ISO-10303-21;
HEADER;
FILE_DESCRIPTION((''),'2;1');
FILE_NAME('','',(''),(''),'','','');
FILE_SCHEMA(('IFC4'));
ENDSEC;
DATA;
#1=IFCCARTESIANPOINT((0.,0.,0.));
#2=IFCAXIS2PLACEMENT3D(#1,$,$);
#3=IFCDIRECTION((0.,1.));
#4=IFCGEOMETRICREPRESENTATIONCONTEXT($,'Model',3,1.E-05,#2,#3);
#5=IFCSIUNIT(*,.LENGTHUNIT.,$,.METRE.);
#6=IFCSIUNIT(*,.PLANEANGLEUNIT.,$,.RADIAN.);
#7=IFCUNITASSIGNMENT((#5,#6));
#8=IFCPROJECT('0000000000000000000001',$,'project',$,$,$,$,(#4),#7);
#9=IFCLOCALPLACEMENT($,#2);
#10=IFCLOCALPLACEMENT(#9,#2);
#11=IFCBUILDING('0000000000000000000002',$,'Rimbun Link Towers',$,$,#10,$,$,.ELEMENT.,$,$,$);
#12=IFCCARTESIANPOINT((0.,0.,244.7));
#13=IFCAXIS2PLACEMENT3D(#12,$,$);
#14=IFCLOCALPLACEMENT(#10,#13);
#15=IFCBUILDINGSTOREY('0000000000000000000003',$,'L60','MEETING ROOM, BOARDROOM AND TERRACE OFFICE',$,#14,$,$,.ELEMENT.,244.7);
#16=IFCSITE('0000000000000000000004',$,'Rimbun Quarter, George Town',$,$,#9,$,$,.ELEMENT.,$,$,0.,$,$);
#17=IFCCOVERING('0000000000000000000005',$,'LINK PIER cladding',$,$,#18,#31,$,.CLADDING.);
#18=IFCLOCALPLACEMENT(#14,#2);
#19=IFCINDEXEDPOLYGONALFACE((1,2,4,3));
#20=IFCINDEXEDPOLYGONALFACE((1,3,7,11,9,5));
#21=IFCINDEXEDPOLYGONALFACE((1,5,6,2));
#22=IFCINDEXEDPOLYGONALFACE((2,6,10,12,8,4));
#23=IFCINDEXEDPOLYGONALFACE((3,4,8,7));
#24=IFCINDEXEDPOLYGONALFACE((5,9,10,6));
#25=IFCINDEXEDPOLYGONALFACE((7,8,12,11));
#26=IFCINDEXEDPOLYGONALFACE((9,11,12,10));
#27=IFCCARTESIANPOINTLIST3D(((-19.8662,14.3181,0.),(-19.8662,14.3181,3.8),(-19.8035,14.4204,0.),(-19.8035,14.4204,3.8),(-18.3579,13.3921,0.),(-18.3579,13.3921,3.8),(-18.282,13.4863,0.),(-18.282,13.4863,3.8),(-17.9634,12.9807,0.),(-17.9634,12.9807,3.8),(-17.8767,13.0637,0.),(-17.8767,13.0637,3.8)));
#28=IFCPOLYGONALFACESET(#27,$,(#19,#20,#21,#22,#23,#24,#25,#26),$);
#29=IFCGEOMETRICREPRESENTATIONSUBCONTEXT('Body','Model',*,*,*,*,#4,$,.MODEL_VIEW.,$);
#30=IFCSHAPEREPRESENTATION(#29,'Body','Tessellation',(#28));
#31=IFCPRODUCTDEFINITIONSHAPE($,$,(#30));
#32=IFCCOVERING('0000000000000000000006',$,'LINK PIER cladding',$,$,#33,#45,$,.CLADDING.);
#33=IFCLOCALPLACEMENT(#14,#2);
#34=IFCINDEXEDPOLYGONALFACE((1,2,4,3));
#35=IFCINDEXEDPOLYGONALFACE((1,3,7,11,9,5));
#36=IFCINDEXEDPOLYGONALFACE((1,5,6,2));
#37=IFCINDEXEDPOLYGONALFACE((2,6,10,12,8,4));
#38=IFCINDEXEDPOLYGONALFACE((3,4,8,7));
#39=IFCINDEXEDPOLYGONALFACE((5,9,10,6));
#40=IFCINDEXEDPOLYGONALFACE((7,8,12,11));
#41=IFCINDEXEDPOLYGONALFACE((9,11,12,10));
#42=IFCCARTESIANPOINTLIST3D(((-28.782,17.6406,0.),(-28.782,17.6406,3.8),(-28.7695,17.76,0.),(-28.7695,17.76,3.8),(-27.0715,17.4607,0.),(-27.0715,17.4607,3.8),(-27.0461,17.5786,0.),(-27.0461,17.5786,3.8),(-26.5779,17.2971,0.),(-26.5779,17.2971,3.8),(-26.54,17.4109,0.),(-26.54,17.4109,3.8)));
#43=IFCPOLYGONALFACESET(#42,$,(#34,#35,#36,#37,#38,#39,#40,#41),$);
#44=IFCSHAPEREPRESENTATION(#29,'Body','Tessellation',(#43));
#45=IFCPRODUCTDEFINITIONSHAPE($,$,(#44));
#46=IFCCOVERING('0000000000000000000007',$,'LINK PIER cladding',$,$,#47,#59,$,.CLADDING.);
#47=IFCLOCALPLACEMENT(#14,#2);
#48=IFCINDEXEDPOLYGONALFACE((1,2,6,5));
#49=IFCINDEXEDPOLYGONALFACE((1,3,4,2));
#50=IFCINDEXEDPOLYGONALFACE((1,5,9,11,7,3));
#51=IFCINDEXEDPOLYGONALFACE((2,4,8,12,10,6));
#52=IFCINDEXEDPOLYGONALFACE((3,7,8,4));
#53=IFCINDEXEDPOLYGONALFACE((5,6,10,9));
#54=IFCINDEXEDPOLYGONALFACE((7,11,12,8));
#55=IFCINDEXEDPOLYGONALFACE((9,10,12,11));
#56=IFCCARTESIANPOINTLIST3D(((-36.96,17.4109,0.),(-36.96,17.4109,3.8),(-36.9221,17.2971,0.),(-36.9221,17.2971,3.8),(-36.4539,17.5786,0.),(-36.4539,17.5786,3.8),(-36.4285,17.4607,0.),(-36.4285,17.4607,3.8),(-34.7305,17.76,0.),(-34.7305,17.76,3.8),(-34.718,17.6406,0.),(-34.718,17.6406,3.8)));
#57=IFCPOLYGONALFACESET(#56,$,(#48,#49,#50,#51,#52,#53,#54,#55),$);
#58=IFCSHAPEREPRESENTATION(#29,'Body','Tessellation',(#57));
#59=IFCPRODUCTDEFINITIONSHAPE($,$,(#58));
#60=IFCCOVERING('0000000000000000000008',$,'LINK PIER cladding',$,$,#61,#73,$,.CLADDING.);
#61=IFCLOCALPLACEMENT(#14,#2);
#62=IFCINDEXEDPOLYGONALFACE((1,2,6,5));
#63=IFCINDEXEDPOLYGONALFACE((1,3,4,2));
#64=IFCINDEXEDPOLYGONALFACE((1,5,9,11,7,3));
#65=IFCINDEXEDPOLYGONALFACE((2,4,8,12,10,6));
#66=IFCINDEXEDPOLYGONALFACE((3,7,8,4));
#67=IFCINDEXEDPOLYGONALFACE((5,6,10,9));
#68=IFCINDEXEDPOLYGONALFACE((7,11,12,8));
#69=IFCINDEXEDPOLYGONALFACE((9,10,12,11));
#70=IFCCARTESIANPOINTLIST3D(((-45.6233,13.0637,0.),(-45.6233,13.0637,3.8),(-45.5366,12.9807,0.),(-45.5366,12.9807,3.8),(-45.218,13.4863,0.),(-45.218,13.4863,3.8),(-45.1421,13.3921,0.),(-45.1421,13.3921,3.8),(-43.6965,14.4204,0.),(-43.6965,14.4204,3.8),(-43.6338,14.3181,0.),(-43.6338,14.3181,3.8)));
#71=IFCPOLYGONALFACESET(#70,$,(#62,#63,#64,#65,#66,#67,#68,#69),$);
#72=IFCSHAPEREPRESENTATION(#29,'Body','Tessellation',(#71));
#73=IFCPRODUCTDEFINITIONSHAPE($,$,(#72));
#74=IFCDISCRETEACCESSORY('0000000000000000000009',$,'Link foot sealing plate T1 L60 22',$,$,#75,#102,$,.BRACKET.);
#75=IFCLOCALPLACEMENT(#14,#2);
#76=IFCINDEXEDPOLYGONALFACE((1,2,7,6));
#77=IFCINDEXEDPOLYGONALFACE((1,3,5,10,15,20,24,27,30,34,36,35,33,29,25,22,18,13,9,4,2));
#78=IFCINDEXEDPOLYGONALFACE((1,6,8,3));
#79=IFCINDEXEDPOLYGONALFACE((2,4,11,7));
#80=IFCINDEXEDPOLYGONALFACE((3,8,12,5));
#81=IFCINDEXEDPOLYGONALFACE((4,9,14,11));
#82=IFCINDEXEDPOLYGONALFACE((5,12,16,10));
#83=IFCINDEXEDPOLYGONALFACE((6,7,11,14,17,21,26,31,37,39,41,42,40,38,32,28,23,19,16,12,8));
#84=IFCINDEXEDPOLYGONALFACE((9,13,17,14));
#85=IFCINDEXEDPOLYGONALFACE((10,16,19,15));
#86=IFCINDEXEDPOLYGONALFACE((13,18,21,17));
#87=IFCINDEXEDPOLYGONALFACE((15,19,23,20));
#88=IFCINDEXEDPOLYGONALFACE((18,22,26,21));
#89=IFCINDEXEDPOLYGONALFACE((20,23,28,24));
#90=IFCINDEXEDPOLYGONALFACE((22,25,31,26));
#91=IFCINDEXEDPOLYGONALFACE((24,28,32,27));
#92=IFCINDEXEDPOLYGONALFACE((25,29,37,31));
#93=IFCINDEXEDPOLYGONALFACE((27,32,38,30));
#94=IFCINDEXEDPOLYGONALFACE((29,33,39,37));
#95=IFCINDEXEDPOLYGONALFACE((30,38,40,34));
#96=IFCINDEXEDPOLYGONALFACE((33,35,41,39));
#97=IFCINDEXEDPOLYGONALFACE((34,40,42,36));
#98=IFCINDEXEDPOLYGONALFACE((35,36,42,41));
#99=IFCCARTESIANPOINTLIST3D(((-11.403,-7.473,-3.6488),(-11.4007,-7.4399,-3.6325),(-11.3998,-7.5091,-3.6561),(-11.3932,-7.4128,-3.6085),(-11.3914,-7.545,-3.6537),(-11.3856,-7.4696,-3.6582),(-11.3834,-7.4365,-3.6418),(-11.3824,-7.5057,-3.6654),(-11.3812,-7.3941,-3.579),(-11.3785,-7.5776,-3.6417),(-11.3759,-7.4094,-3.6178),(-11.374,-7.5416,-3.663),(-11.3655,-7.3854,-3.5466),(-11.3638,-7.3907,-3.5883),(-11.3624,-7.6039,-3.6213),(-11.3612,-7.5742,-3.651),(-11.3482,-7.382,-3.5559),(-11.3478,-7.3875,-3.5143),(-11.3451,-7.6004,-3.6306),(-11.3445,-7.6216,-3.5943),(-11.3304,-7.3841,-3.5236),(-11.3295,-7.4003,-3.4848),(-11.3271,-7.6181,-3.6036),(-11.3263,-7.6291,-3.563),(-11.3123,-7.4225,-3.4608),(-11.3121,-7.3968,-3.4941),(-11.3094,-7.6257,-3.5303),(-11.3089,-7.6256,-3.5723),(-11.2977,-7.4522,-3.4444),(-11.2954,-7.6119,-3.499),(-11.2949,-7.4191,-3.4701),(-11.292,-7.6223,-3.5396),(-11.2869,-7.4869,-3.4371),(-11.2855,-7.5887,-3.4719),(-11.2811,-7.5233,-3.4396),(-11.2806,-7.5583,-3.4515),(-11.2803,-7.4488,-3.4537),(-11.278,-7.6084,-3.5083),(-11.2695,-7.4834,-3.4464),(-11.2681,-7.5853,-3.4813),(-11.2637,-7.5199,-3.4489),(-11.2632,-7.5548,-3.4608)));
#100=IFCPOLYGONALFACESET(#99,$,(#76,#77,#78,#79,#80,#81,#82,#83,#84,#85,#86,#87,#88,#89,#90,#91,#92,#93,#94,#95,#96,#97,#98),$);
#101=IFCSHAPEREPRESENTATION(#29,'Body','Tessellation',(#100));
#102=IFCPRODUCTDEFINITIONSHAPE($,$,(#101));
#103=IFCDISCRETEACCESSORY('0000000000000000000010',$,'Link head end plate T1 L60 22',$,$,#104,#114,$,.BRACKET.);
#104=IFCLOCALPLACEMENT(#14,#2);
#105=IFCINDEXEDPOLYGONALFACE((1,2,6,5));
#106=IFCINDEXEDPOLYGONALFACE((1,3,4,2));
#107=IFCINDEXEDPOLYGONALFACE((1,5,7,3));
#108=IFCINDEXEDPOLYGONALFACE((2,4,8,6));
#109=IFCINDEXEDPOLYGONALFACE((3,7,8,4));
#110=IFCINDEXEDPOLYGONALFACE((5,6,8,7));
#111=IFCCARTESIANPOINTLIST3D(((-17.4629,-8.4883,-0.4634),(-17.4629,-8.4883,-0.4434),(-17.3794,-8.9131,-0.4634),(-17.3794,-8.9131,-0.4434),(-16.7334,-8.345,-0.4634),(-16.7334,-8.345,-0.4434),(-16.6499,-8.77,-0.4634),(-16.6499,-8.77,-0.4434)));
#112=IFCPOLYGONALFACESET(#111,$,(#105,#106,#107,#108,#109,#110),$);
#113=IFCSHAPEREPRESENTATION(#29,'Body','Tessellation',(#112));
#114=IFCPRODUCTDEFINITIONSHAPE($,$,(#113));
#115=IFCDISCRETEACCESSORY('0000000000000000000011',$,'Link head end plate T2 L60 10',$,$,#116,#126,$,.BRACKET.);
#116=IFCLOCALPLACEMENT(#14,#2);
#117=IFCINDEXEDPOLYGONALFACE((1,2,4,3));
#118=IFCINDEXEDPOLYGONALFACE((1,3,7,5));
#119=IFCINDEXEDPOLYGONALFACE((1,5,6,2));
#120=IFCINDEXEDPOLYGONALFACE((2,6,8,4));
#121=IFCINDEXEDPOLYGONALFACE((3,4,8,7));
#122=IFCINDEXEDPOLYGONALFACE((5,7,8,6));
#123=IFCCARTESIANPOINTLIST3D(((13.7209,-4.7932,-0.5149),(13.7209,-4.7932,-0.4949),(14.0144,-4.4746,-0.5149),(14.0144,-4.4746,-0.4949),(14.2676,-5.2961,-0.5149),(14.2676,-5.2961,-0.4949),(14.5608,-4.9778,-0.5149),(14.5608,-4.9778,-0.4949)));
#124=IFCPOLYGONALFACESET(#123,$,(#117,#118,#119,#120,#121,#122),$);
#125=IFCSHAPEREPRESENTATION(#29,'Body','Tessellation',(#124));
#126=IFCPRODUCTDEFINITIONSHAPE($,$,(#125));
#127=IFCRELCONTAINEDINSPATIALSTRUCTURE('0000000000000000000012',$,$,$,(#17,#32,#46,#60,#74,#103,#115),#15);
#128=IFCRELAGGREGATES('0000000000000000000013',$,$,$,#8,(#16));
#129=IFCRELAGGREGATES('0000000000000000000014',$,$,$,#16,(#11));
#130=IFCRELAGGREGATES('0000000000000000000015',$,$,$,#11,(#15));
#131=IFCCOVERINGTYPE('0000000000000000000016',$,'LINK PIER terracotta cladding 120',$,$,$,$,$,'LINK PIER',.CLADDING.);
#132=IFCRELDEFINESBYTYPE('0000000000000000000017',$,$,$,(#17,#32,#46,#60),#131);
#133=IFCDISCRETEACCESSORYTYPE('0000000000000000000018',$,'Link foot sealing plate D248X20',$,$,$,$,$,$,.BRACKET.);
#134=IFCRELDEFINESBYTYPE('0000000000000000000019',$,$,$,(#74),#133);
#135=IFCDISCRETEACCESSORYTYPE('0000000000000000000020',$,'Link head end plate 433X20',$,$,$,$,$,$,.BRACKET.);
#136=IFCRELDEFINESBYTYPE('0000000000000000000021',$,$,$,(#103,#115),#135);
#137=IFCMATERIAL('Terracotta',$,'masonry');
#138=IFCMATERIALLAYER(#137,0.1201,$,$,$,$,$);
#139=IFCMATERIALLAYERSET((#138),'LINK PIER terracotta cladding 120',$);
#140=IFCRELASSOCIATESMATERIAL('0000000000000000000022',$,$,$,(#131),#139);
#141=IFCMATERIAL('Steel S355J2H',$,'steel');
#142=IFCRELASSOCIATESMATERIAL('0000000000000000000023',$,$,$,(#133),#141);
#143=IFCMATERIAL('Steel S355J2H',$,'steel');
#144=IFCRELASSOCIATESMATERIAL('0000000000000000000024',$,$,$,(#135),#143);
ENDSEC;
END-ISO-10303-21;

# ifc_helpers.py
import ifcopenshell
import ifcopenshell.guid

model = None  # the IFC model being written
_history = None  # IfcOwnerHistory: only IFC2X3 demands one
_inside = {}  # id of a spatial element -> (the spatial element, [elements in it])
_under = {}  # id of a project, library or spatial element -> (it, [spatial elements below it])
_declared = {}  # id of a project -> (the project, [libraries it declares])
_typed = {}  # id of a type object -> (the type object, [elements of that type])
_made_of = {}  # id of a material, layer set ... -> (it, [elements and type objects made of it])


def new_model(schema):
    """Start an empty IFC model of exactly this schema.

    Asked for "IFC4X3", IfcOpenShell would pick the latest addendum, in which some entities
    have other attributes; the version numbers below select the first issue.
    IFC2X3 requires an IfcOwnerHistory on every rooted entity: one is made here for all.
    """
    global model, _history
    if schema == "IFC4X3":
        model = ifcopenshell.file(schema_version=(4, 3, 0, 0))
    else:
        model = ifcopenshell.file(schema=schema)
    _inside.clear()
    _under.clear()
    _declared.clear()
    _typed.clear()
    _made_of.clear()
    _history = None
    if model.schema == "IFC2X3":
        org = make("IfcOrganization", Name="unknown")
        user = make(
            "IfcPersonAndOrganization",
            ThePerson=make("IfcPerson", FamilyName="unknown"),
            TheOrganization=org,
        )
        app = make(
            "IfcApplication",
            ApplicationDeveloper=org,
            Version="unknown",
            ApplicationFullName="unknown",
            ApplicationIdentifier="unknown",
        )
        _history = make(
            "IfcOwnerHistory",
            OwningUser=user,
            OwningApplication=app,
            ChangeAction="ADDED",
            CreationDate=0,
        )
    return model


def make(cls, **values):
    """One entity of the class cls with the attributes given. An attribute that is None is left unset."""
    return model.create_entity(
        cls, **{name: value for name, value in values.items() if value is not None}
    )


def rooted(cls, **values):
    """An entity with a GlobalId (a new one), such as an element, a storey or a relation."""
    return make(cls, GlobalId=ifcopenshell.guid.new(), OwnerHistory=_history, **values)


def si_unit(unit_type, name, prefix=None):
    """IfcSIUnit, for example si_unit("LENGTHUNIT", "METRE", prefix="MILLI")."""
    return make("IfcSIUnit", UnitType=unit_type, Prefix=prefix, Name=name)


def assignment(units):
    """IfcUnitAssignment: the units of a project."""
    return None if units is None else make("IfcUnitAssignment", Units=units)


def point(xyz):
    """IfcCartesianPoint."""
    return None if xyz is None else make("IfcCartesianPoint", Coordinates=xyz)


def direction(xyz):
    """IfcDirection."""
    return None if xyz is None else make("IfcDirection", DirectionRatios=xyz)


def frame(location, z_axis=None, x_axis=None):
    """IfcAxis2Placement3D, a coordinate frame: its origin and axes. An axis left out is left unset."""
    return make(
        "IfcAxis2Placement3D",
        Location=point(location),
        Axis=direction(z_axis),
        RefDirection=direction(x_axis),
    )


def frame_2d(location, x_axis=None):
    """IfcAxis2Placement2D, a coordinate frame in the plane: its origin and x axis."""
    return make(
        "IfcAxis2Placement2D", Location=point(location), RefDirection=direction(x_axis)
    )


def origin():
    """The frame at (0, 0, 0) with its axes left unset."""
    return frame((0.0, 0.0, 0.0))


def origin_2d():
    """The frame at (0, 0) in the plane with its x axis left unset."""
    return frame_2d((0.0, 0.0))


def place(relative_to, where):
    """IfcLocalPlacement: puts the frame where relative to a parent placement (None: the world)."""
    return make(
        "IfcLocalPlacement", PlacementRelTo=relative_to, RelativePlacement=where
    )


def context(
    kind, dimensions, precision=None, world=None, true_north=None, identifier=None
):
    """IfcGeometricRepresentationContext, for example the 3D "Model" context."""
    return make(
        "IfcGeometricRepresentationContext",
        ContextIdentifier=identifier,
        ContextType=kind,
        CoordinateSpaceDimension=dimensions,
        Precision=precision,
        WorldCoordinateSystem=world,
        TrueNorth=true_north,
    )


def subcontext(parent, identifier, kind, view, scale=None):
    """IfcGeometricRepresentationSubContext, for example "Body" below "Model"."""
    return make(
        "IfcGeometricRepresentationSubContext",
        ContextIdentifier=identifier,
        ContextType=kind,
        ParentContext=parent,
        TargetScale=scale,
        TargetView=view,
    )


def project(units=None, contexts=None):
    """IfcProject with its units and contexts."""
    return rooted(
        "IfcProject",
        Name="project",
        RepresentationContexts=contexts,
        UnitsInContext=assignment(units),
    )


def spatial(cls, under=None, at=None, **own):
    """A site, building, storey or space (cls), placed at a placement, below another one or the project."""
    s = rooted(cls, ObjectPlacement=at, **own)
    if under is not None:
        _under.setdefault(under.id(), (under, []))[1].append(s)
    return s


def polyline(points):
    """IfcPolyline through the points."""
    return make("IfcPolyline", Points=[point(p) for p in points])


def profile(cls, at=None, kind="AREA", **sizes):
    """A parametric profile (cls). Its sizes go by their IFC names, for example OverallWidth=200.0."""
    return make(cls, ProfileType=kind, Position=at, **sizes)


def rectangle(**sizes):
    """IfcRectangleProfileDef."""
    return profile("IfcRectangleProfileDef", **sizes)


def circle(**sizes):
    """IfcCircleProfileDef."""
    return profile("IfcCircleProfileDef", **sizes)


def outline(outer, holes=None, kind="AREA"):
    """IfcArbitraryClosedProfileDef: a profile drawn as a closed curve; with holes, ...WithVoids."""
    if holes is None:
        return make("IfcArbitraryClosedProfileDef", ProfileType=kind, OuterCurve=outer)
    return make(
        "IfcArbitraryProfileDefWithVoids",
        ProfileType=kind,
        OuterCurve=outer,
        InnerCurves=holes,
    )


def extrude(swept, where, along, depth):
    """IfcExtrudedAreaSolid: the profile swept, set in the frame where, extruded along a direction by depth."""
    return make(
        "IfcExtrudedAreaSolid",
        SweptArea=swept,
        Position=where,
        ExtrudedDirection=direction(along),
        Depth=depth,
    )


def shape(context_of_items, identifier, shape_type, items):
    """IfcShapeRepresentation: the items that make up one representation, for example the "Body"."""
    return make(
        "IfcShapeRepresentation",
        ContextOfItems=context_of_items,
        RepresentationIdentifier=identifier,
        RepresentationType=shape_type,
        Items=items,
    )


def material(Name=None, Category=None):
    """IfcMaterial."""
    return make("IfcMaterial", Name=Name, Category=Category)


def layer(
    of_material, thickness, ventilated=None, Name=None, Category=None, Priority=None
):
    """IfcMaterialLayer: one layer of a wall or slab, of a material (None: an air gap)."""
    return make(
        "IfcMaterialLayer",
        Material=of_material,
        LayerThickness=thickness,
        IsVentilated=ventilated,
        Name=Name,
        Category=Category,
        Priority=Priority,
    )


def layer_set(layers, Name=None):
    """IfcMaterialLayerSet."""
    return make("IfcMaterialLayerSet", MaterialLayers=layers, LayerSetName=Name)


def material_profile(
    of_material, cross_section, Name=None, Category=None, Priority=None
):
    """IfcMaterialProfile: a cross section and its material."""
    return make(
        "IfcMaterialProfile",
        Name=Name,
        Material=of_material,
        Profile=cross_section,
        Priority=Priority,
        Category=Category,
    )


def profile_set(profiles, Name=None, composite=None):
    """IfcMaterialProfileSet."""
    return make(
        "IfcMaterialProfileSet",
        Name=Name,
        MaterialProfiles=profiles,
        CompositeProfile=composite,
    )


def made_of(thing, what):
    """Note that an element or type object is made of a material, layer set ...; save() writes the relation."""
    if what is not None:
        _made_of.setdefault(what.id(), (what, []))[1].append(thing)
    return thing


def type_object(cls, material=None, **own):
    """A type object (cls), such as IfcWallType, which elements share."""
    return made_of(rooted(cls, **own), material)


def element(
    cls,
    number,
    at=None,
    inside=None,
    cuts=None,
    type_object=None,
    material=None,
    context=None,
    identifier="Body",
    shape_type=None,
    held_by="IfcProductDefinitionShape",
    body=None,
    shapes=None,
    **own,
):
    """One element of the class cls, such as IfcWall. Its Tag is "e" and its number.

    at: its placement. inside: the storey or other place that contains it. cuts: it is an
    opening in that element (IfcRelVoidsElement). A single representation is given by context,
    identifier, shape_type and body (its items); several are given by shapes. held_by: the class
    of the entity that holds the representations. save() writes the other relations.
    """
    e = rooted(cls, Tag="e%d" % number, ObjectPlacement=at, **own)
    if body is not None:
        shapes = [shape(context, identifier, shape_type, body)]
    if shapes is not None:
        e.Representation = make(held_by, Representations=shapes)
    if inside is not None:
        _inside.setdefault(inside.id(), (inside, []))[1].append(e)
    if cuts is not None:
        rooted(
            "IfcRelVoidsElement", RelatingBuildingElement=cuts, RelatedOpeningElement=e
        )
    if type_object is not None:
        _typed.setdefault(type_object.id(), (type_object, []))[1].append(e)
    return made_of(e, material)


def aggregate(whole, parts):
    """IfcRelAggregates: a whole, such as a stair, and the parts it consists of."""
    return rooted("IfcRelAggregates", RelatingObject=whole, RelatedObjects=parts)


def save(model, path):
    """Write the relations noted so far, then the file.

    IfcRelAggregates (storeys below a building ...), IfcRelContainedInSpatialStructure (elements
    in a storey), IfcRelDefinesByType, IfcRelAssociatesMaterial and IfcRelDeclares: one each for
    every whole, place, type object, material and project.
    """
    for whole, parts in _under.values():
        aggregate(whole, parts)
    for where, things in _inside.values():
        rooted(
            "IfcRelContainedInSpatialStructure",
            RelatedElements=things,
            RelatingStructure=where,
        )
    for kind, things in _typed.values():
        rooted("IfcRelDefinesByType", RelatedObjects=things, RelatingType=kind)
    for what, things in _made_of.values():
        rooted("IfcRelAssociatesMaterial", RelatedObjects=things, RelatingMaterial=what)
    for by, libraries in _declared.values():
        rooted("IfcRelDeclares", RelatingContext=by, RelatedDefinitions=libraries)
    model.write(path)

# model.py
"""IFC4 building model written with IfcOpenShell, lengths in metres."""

from ifc_helpers import new_model, si_unit, direction, frame, origin, origin_2d, place, context, subcontext, project, spatial, polyline, rectangle, circle, outline, extrude, material, layer, layer_set, material_profile, profile_set, type_object, element, save


model = new_model("IFC4")

# Units and contexts
model_context = context("Model", 3, precision=1e-05, world=origin(), true_north=direction((0.0, 1.0)))
body_context = subcontext(model_context, "Body", "Model", "MODEL_VIEW")
ifc_project = project(units=[si_unit("LENGTHUNIT", "METRE"), si_unit("PLANEANGLEUNIT", "RADIAN")], contexts=[model_context])

# Site, building, storey
site_placement = place(None, origin())
site = spatial("IfcSite", under=ifc_project, at=site_placement, Name="Rimbun Quarter, George Town", CompositionType="ELEMENT", RefElevation=0.0)
building_placement = place(site_placement, origin())
building = spatial("IfcBuilding", under=site, at=building_placement, Name="Rimbun Link Towers", CompositionType="ELEMENT")
storey_placement = place(building_placement, frame((0.0, 0.0, 244.7)))
storey = spatial("IfcBuildingStorey", under=building, at=storey_placement, Name="L60", Description="MEETING ROOM, BOARDROOM AND TERRACE OFFICE", CompositionType="ELEMENT", Elevation=244.7)

# Coverings
ifc_material_1 = material(Name="Terracotta", Category="masonry")
ifc_layer_1 = layer(ifc_material_1, 0.1201)
ifc_layer_set_1 = layer_set([ifc_layer_1], Name="LINK PIER terracotta cladding 120")
covering_type = type_object("IfcCoveringType", Name="LINK PIER terracotta cladding 120", ElementType="LINK PIER", PredefinedType="CLADDING", material=ifc_layer_set_1)
covering_1_placement = place(storey_placement, origin())
element("IfcCovering", 1, at=covering_1_placement, inside=storey, type_object=covering_type, Name="LINK PIER cladding", PredefinedType="CLADDING", context=body_context, shape_type="SweptSolid", body=[
    extrude(outline(polyline([(-19.8662, 14.3181), (-18.3579, 13.3921), (-17.9634, 12.9807), (-17.8767, 13.0637), (-18.282, 13.4863), (-19.8035, 14.4204), (-19.8662, 14.3181)])), origin(), (0.0, 0.0, 1.0), 3.8),
])
covering_2_placement = place(storey_placement, origin())
element("IfcCovering", 2, at=covering_2_placement, inside=storey, type_object=covering_type, Name="LINK PIER cladding", PredefinedType="CLADDING", context=body_context, shape_type="SweptSolid", body=[
    extrude(outline(polyline([(-28.782, 17.6406), (-27.0715, 17.4607), (-26.5779, 17.2971), (-26.54, 17.4109), (-27.0461, 17.5786), (-28.7695, 17.76), (-28.782, 17.6406)])), origin(), (0.0, 0.0, 1.0), 3.8),
])
covering_3_placement = place(storey_placement, origin())
element("IfcCovering", 3, at=covering_3_placement, inside=storey, type_object=covering_type, Name="LINK PIER cladding", PredefinedType="CLADDING", context=body_context, shape_type="SweptSolid", body=[
    extrude(outline(polyline([(-36.9221, 17.2971), (-36.4285, 17.4607), (-34.718, 17.6406), (-34.7305, 17.76), (-36.4539, 17.5786), (-36.96, 17.4109), (-36.9221, 17.2971)])), origin(), (0.0, 0.0, 1.0), 3.8),
])
covering_4_placement = place(storey_placement, origin())
element("IfcCovering", 4, at=covering_4_placement, inside=storey, type_object=covering_type, Name="LINK PIER cladding", PredefinedType="CLADDING", context=body_context, shape_type="SweptSolid", body=[
    extrude(outline(polyline([(-45.5366, 12.9807), (-45.1421, 13.3921), (-43.6338, 14.3181), (-43.6965, 14.4204), (-45.218, 13.4863), (-45.6233, 13.0637), (-45.5366, 12.9807)])), origin(), (0.0, 0.0, 1.0), 3.8),
])

# Discrete accessories
ifc_material_2 = material(Name="Steel S355J2H", Category="steel")
ifc_material_profile_1 = material_profile(ifc_material_2, circle(Radius=0.124, at=origin_2d()), Name="PL D248")
ifc_profile_set_1 = profile_set([ifc_material_profile_1], Name="Steel S355J2H")
discrete_accessory_type_1 = type_object("IfcDiscreteAccessoryType", Name="Link foot sealing plate D248X20", PredefinedType="BRACKET", material=ifc_profile_set_1)
discrete_accessory_1_placement = place(storey_placement, frame((-11.3416, -7.5071, -3.5466), z_axis=(0.868636, 0.17128, -0.464904), x_axis=(-0.193458, 0.981109, 0.0)))
element("IfcDiscreteAccessory", 5, at=discrete_accessory_1_placement, inside=storey, type_object=discrete_accessory_type_1, Name="Link foot sealing plate T1 L60 22", PredefinedType="BRACKET", context=body_context, shape_type="SweptSolid", body=[
    extrude(circle(Radius=0.124, at=origin_2d()), origin(), (0.0, 0.0, 1.0), 0.02),
])
ifc_material_3 = material(Name="Steel S355J2H", Category="steel")
ifc_material_profile_2 = material_profile(ifc_material_3, rectangle(XDim=0.4331, YDim=0.4331, at=origin_2d()), Name="PL 433x433")
ifc_profile_set_2 = profile_set([ifc_material_profile_2], Name="Steel S355J2H")
discrete_accessory_type_2 = type_object("IfcDiscreteAccessoryType", Name="Link head end plate 433X20", PredefinedType="BRACKET", material=ifc_profile_set_2)
discrete_accessory_2_placement = place(storey_placement, frame((0.0, 0.0, -0.4634)))
element("IfcDiscreteAccessory", 6, at=discrete_accessory_2_placement, inside=storey, type_object=discrete_accessory_type_2, Name="Link head end plate T1 L60 22", PredefinedType="BRACKET", context=body_context, shape_type="SweptSolid", body=[
    extrude(outline(polyline([(-17.3794, -8.9131), (-16.6499, -8.77), (-16.7334, -8.345), (-17.4629, -8.4883), (-17.3794, -8.9131)])), origin(), (0.0, 0.0, 1.0), 0.02),
])
discrete_accessory_3_placement = place(storey_placement, frame((0.0, 0.0, -0.5149)))
element("IfcDiscreteAccessory", 7, at=discrete_accessory_3_placement, inside=storey, type_object=discrete_accessory_type_2, Name="Link head end plate T2 L60 10", PredefinedType="BRACKET", context=body_context, shape_type="SweptSolid", body=[
    extrude(outline(polyline([(14.5608, -4.9778), (14.0144, -4.4746), (13.7209, -4.7932), (14.2676, -5.2961), (14.5608, -4.9778)])), origin(), (0.0, 0.0, 1.0), 0.02),
])

save(model, "model.ifc")
